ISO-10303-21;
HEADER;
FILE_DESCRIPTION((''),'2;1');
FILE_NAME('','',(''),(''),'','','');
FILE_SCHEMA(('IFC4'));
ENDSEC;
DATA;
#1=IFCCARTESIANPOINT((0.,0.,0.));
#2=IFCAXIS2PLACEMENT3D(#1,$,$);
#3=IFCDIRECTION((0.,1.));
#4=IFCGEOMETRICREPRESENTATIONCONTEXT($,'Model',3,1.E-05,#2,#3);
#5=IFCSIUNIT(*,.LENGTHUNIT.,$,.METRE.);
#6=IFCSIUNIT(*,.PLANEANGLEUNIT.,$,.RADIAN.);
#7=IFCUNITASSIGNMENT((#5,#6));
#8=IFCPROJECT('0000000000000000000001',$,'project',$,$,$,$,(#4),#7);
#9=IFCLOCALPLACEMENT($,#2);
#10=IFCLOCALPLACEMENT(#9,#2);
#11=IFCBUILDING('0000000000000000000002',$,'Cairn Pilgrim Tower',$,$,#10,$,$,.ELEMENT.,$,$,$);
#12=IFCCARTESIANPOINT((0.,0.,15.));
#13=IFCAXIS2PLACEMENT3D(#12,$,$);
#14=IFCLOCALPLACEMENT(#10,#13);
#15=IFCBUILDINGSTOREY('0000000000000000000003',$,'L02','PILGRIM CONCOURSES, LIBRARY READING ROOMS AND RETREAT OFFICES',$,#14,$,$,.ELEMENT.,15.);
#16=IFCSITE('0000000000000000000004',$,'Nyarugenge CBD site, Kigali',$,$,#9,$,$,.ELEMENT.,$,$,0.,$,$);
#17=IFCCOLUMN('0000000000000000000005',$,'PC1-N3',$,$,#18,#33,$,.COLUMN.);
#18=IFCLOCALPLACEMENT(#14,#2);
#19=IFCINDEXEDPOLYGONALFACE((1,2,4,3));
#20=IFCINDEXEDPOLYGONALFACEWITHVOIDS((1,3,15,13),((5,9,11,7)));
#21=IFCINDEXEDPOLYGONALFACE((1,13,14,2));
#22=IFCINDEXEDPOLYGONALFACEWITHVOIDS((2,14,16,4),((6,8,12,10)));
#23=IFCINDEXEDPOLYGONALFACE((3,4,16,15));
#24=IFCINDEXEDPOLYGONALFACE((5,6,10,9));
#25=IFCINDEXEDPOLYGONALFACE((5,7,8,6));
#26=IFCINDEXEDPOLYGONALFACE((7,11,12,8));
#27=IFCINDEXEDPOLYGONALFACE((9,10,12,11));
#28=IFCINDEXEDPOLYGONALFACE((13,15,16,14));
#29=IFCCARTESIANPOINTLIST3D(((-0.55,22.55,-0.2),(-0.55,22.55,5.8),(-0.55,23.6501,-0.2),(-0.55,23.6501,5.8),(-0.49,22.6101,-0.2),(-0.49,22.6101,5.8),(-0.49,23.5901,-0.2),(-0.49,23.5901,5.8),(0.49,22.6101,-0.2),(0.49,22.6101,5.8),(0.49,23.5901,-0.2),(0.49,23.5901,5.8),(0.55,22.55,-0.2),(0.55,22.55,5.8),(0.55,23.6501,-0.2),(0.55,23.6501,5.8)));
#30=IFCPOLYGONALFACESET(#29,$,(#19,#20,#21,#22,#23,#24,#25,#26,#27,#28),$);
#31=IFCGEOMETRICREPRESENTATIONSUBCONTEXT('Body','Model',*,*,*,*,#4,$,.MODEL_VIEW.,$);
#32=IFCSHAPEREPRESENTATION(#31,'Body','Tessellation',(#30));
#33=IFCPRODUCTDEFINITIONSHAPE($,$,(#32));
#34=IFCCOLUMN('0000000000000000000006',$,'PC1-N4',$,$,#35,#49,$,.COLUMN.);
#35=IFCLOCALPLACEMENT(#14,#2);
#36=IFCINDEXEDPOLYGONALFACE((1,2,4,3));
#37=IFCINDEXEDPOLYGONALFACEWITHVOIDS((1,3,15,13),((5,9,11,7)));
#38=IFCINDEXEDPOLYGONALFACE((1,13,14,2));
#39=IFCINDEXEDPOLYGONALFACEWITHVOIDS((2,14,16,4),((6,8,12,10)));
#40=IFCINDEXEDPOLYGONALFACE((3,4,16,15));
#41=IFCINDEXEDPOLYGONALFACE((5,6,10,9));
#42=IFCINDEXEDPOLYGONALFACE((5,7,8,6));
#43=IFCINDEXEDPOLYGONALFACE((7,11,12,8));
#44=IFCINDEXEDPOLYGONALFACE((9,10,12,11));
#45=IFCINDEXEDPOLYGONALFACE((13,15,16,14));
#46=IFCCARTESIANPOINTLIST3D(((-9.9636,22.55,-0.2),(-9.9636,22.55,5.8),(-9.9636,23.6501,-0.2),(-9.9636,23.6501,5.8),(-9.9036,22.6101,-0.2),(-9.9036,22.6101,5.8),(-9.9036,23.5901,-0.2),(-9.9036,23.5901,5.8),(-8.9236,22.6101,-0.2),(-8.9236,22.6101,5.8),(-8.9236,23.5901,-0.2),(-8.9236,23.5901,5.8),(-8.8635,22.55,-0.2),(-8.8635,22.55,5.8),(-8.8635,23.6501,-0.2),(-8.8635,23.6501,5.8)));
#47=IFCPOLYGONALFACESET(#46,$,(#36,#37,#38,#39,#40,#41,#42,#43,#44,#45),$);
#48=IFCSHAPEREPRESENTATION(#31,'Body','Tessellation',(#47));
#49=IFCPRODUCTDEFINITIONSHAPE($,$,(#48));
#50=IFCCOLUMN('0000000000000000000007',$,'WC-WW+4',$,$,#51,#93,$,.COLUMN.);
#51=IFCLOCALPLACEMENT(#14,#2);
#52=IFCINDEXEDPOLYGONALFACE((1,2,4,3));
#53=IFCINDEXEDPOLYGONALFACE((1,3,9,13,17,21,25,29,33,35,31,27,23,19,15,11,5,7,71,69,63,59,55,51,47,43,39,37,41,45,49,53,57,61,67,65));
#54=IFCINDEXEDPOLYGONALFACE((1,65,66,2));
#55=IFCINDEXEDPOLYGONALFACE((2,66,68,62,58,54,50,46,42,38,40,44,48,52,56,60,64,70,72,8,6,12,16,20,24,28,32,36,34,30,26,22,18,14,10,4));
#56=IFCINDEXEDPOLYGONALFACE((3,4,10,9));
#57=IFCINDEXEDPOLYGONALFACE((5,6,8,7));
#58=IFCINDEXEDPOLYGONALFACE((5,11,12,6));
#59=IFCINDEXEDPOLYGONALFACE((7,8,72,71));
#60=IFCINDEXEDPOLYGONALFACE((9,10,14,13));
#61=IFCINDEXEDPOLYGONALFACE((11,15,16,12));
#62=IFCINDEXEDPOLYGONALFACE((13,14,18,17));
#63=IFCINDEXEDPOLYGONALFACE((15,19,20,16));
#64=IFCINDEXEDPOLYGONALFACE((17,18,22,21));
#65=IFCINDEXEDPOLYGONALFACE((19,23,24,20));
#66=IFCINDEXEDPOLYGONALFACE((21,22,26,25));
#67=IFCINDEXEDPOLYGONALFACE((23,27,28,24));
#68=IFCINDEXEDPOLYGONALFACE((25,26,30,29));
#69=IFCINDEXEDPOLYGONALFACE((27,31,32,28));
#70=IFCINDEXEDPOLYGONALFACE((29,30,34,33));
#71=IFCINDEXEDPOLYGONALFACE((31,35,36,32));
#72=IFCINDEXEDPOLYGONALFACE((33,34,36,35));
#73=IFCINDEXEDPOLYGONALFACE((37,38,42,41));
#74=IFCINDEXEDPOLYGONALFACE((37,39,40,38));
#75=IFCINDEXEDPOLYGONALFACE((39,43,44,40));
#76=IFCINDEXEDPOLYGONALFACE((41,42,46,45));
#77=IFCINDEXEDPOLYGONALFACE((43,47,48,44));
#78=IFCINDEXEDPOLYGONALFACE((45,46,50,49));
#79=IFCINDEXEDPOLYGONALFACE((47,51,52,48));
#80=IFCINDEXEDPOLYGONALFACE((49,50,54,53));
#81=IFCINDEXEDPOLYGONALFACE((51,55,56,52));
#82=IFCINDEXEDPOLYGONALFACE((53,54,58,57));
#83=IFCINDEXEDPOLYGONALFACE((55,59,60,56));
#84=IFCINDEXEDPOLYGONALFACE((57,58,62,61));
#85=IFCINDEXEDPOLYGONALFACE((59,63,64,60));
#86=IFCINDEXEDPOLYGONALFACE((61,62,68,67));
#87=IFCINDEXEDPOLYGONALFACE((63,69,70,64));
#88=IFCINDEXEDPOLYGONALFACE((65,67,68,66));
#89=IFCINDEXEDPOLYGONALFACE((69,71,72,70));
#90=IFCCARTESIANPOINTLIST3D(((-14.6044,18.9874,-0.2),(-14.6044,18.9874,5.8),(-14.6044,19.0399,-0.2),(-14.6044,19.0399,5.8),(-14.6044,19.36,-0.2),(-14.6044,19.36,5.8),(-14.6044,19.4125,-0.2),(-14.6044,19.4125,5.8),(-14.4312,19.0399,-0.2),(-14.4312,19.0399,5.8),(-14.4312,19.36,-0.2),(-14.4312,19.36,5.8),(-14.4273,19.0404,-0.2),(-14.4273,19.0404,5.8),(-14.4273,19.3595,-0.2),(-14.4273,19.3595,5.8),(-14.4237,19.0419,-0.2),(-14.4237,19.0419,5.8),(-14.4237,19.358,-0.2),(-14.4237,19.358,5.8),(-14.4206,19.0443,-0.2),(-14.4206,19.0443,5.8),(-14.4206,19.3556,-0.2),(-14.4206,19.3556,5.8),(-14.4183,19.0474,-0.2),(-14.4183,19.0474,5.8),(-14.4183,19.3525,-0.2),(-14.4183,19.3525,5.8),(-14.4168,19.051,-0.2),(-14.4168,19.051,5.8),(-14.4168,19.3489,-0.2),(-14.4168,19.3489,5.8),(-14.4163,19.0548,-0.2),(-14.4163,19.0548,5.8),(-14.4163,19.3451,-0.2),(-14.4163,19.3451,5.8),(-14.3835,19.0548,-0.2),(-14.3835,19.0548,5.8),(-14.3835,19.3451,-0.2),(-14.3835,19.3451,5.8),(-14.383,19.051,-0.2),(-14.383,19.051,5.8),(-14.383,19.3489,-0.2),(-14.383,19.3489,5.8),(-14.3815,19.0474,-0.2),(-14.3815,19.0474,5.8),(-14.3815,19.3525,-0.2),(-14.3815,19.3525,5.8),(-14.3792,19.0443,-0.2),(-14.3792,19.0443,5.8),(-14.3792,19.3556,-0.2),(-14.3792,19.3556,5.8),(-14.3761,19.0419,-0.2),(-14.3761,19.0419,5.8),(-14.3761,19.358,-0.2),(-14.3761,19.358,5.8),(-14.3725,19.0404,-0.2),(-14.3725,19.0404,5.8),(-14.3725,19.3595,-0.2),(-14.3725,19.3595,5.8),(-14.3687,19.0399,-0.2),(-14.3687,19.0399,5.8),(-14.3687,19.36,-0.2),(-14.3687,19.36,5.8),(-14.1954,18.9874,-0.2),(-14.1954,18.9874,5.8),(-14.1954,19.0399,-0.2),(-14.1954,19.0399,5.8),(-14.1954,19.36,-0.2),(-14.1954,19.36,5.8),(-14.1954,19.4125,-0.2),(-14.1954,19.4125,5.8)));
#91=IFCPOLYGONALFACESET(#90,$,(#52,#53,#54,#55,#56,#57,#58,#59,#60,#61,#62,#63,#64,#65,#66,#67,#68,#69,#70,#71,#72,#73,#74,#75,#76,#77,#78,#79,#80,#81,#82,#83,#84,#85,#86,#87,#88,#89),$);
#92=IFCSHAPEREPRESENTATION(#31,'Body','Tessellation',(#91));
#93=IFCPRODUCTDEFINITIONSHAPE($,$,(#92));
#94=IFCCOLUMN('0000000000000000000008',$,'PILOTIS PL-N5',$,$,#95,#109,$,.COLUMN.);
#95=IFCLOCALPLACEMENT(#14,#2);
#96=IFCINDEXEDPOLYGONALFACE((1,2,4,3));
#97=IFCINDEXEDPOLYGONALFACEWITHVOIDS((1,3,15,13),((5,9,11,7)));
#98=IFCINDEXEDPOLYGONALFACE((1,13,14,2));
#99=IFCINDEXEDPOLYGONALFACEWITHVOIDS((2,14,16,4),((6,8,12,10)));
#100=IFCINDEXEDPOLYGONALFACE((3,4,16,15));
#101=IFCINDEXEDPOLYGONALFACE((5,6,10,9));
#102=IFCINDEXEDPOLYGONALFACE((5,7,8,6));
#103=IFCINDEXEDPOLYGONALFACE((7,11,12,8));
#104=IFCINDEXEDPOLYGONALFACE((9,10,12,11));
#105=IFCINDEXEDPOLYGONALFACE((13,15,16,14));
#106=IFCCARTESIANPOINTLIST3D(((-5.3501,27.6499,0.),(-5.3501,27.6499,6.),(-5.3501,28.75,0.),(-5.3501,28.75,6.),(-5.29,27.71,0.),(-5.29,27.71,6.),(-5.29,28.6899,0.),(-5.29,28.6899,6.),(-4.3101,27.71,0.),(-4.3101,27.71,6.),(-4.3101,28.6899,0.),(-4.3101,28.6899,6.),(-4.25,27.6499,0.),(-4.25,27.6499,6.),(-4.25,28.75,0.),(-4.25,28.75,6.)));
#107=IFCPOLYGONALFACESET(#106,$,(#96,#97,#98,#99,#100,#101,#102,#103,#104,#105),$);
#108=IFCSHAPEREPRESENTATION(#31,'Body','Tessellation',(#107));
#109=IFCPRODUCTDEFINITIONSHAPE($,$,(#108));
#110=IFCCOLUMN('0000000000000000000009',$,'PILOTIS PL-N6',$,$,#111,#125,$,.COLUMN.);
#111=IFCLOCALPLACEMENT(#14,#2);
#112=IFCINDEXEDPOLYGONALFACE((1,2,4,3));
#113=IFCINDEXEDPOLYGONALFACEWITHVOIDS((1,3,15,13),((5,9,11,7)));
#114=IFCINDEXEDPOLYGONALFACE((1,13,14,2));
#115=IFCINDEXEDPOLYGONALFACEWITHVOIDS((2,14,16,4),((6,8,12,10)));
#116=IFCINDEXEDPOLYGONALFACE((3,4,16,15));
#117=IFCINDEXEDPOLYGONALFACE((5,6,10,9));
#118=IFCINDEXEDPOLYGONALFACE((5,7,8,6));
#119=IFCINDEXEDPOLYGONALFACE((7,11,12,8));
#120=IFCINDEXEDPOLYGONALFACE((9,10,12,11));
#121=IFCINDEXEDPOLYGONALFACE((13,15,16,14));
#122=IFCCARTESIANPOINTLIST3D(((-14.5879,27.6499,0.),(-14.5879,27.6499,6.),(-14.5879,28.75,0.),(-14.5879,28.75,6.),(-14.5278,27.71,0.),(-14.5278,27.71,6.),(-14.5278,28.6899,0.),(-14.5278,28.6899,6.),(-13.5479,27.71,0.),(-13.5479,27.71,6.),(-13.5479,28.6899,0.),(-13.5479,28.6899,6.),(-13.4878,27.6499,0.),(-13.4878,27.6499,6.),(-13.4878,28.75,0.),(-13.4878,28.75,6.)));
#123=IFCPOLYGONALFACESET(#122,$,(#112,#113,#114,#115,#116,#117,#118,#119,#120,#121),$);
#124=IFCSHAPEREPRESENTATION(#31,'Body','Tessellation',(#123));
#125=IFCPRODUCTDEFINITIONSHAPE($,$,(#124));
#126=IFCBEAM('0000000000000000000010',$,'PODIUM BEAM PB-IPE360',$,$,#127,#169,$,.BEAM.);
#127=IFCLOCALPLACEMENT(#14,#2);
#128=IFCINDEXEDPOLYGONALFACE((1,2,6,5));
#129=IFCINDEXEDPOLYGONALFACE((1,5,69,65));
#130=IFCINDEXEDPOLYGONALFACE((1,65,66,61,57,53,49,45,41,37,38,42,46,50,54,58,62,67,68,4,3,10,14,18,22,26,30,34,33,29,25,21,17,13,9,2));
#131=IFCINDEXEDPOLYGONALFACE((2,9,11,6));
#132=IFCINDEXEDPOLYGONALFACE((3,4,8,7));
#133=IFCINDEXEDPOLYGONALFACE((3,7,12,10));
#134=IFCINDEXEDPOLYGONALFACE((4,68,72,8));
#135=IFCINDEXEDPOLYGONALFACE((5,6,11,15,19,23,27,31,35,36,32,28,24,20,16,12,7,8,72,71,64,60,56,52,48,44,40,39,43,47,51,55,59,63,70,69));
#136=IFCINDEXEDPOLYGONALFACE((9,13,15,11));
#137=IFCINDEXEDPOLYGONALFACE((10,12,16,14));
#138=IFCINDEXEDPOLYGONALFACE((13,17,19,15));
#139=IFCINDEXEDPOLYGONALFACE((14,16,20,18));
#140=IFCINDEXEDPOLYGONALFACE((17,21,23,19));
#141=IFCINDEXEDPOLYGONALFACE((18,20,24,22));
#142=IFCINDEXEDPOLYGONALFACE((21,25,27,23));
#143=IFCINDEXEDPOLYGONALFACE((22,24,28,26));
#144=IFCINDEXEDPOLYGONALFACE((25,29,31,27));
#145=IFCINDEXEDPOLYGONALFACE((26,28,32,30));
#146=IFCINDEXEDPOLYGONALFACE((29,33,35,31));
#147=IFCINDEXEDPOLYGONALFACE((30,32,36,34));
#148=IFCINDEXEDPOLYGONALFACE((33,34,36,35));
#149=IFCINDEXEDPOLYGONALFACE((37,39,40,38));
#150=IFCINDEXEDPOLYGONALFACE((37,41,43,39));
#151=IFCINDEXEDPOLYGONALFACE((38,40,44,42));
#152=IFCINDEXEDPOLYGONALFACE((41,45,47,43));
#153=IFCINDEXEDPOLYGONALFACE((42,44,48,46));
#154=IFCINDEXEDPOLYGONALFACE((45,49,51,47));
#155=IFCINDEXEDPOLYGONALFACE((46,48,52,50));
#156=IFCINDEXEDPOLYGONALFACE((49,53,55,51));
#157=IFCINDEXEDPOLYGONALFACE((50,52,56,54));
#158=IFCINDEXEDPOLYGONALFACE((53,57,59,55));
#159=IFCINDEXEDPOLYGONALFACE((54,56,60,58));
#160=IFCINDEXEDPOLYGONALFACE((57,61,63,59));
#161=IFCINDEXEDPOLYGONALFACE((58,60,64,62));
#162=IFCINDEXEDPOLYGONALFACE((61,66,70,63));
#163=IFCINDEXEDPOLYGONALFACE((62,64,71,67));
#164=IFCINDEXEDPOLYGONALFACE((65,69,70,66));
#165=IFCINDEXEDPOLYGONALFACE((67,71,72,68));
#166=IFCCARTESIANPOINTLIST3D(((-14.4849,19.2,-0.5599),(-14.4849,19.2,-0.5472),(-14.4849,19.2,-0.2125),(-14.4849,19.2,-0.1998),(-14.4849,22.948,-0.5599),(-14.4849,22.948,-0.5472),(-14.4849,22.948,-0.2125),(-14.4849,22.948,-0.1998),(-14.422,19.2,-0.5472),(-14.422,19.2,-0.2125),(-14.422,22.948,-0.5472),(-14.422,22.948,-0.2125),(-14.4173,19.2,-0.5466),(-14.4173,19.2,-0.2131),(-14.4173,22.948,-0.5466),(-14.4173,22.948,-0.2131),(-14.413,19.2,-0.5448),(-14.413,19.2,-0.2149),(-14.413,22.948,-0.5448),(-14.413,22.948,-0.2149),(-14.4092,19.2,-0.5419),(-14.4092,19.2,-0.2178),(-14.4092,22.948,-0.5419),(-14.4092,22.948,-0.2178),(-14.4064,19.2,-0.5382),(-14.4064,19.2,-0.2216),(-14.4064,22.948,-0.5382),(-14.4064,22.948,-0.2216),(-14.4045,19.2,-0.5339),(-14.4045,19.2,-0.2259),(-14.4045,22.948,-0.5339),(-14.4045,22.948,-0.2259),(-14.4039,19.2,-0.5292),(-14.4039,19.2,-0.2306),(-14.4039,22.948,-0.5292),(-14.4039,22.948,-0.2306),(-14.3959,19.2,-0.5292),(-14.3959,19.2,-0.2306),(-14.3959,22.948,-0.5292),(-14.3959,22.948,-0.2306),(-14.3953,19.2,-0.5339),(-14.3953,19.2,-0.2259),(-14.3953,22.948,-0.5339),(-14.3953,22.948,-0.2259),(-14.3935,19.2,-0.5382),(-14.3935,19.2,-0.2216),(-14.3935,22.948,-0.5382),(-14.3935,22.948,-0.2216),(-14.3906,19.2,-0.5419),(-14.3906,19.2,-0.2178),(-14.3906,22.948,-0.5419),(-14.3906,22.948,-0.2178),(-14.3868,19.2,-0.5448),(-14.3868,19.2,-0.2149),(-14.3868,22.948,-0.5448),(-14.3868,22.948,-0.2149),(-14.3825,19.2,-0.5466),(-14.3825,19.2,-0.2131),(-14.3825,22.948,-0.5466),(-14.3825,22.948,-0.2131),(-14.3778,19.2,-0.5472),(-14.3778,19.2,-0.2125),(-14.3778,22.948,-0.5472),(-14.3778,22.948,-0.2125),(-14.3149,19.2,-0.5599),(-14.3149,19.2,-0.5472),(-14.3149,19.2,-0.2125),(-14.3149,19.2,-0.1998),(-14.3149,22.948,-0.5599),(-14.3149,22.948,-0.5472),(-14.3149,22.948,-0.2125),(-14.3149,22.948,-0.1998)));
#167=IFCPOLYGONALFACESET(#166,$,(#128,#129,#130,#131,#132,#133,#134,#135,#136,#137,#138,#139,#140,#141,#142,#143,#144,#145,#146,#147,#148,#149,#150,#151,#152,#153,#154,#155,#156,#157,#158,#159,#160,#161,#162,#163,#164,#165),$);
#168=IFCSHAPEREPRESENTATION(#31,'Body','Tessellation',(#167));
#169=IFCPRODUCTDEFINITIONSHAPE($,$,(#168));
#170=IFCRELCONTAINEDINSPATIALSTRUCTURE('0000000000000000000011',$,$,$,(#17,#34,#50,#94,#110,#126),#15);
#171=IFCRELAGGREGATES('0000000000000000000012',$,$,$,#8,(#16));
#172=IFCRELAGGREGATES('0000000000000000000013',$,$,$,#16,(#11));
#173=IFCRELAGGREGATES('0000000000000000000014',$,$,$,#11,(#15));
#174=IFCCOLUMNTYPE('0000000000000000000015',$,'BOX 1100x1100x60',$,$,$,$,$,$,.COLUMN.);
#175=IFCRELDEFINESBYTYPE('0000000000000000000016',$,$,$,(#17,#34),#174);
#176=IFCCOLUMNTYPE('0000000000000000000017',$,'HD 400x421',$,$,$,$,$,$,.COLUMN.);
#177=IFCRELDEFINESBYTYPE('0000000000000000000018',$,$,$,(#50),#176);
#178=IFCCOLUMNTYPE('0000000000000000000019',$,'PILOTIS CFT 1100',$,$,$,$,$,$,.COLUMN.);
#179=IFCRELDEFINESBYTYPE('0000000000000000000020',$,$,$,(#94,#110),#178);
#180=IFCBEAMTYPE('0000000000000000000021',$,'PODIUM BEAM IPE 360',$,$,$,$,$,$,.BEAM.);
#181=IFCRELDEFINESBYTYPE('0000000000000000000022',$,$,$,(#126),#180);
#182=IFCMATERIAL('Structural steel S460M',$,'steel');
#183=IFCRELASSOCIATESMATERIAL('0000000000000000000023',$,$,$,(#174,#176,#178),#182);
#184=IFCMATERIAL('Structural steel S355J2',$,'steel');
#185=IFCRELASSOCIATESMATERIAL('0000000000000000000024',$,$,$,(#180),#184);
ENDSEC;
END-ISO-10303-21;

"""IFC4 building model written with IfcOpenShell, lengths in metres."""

from ifc_helpers import new_model, si_unit, direction, frame, origin, origin_2d, place, context, subcontext, project, spatial, hollow_rectangle, i_section, extrude, material, material_profile, profile_set, type_object, element, save


model = new_model("IFC4")

# Units and contexts
model_context = context("Model", 3, precision=1e-05, world=origin(), true_north=direction((0.0, 1.0)))
body_context = subcontext(model_context, "Body", "Model", "MODEL_VIEW")
ifc_project = project(units=[si_unit("LENGTHUNIT", "METRE"), si_unit("PLANEANGLEUNIT", "RADIAN")], contexts=[model_context])

# Site, building, storey
site_placement = place(None, origin())
site = spatial("IfcSite", under=ifc_project, at=site_placement, Name="Nyarugenge CBD site, Kigali", CompositionType="ELEMENT", RefElevation=0.0)
building_placement = place(site_placement, origin())
building = spatial("IfcBuilding", under=site, at=building_placement, Name="Cairn Pilgrim Tower", CompositionType="ELEMENT")
storey_placement = place(building_placement, frame((0.0, 0.0, 15.0)))
storey = spatial("IfcBuildingStorey", under=building, at=storey_placement, Name="L02", Description="PILGRIM CONCOURSES, LIBRARY READING ROOMS AND RETREAT OFFICES", CompositionType="ELEMENT", Elevation=15.0)

# Columns
ifc_material_1 = material(Name="Structural steel S460M", Category="steel")
ifc_material_profile_1 = material_profile(ifc_material_1, hollow_rectangle(XDim=1.1001, YDim=1.1001, WallThickness=0.0601, at=origin_2d()), Name="BOX 1100x1100x60")
ifc_profile_set_1 = profile_set([ifc_material_profile_1], Name="Structural steel S460M")
column_type_1 = type_object("IfcColumnType", Name="BOX 1100x1100x60", PredefinedType="COLUMN", material=ifc_profile_set_1)
for number, where, z_axis, x_axis, name in (
    (1, (0.0, 23.1001, -0.2), (0.0, 0.0, 1.0), (1.0, 0.0, 0.0), "PC1-N3"),
    (2, (-9.4136, 23.1001, -0.2), (0.0, 0.0, 1.0), (1.0, 0.0, 0.0), "PC1-N4"),
):
    element("IfcColumn", number, at=place(storey_placement, frame(where, z_axis=z_axis, x_axis=x_axis)), inside=storey, type_object=column_type_1, Name=name, PredefinedType="COLUMN", context=body_context, shape_type="SweptSolid", body=[
        extrude(hollow_rectangle(XDim=1.1001, YDim=1.1001, WallThickness=0.0601, at=origin_2d()), origin(), (0.0, 0.0, 1.0), 6.0),
    ])
ifc_material_profile_2 = material_profile(ifc_material_1, i_section(OverallWidth=0.4089, OverallDepth=0.425, WebThickness=0.0327, FlangeThickness=0.0525, FilletRadius=0.0149, at=origin_2d()), Name="HD 400x421")
ifc_profile_set_2 = profile_set([ifc_material_profile_2], Name="Structural steel S460M")
column_type_2 = type_object("IfcColumnType", Name="HD 400x421", PredefinedType="COLUMN", material=ifc_profile_set_2)
column_placement = place(storey_placement, frame((-14.3999, 19.2, -0.2), z_axis=(0.0, 0.0, 1.0), x_axis=(1.0, 0.0, 0.0)))
element("IfcColumn", 3, at=column_placement, inside=storey, type_object=column_type_2, Name="WC-WW+4", PredefinedType="COLUMN", context=body_context, shape_type="SweptSolid", body=[
    extrude(i_section(OverallWidth=0.4089, OverallDepth=0.425, WebThickness=0.0327, FlangeThickness=0.0525, FilletRadius=0.0149, at=origin_2d()), origin(), (0.0, 0.0, 1.0), 6.0),
])
ifc_material_profile_3 = material_profile(ifc_material_1, hollow_rectangle(XDim=1.1001, YDim=1.1001, WallThickness=0.0601, at=origin_2d()), Name="BOX 1100x1100x60")
ifc_profile_set_3 = profile_set([ifc_material_profile_3], Name="Structural steel S460M")
column_type_3 = type_object("IfcColumnType", Name="PILOTIS CFT 1100", PredefinedType="COLUMN", material=ifc_profile_set_3)
for number, where, z_axis, x_axis, name in (
    (4, (-4.8, 28.2, 0.0), (0.0, 0.0, 1.0), (1.0, 0.0, 0.0), "PILOTIS PL-N5"),
    (5, (-14.0378, 28.2, 0.0), (0.0, 0.0, 1.0), (1.0, 0.0, 0.0), "PILOTIS PL-N6"),
):
    element("IfcColumn", number, at=place(storey_placement, frame(where, z_axis=z_axis, x_axis=x_axis)), inside=storey, type_object=column_type_3, Name=name, PredefinedType="COLUMN", context=body_context, shape_type="SweptSolid", body=[
        extrude(hollow_rectangle(XDim=1.1001, YDim=1.1001, WallThickness=0.0601, at=origin_2d()), origin(), (0.0, 0.0, 1.0), 6.0),
    ])

# Beam
ifc_material_2 = material(Name="Structural steel S355J2", Category="steel")
ifc_material_profile_4 = material_profile(ifc_material_2, i_section(OverallWidth=0.1699, OverallDepth=0.3601, WebThickness=0.0081, FlangeThickness=0.0127, FilletRadius=0.0181, at=origin_2d()), Name="IPE 360")
ifc_profile_set_4 = profile_set([ifc_material_profile_4], Name="Structural steel S355J2")
beam_type_1 = type_object("IfcBeamType", Name="PODIUM BEAM IPE 360", PredefinedType="BEAM", material=ifc_profile_set_4)
beam_1_placement = place(storey_placement, frame((-14.3999, 19.2, -0.3799), z_axis=(0.0, 1.0, 0.0), x_axis=(-1.0, 0.0, 0.0)))
element("IfcBeam", 6, at=beam_1_placement, inside=storey, type_object=beam_type_1, Name="PODIUM BEAM PB-IPE360", PredefinedType="BEAM", context=body_context, shape_type="SweptSolid", body=[
    extrude(i_section(OverallWidth=0.1699, OverallDepth=0.3601, WebThickness=0.0081, FlangeThickness=0.0127, FilletRadius=0.0181, at=origin_2d()), origin(), (0.0, 0.0, 1.0), 3.748),
])

save(model, "model.ifc")
